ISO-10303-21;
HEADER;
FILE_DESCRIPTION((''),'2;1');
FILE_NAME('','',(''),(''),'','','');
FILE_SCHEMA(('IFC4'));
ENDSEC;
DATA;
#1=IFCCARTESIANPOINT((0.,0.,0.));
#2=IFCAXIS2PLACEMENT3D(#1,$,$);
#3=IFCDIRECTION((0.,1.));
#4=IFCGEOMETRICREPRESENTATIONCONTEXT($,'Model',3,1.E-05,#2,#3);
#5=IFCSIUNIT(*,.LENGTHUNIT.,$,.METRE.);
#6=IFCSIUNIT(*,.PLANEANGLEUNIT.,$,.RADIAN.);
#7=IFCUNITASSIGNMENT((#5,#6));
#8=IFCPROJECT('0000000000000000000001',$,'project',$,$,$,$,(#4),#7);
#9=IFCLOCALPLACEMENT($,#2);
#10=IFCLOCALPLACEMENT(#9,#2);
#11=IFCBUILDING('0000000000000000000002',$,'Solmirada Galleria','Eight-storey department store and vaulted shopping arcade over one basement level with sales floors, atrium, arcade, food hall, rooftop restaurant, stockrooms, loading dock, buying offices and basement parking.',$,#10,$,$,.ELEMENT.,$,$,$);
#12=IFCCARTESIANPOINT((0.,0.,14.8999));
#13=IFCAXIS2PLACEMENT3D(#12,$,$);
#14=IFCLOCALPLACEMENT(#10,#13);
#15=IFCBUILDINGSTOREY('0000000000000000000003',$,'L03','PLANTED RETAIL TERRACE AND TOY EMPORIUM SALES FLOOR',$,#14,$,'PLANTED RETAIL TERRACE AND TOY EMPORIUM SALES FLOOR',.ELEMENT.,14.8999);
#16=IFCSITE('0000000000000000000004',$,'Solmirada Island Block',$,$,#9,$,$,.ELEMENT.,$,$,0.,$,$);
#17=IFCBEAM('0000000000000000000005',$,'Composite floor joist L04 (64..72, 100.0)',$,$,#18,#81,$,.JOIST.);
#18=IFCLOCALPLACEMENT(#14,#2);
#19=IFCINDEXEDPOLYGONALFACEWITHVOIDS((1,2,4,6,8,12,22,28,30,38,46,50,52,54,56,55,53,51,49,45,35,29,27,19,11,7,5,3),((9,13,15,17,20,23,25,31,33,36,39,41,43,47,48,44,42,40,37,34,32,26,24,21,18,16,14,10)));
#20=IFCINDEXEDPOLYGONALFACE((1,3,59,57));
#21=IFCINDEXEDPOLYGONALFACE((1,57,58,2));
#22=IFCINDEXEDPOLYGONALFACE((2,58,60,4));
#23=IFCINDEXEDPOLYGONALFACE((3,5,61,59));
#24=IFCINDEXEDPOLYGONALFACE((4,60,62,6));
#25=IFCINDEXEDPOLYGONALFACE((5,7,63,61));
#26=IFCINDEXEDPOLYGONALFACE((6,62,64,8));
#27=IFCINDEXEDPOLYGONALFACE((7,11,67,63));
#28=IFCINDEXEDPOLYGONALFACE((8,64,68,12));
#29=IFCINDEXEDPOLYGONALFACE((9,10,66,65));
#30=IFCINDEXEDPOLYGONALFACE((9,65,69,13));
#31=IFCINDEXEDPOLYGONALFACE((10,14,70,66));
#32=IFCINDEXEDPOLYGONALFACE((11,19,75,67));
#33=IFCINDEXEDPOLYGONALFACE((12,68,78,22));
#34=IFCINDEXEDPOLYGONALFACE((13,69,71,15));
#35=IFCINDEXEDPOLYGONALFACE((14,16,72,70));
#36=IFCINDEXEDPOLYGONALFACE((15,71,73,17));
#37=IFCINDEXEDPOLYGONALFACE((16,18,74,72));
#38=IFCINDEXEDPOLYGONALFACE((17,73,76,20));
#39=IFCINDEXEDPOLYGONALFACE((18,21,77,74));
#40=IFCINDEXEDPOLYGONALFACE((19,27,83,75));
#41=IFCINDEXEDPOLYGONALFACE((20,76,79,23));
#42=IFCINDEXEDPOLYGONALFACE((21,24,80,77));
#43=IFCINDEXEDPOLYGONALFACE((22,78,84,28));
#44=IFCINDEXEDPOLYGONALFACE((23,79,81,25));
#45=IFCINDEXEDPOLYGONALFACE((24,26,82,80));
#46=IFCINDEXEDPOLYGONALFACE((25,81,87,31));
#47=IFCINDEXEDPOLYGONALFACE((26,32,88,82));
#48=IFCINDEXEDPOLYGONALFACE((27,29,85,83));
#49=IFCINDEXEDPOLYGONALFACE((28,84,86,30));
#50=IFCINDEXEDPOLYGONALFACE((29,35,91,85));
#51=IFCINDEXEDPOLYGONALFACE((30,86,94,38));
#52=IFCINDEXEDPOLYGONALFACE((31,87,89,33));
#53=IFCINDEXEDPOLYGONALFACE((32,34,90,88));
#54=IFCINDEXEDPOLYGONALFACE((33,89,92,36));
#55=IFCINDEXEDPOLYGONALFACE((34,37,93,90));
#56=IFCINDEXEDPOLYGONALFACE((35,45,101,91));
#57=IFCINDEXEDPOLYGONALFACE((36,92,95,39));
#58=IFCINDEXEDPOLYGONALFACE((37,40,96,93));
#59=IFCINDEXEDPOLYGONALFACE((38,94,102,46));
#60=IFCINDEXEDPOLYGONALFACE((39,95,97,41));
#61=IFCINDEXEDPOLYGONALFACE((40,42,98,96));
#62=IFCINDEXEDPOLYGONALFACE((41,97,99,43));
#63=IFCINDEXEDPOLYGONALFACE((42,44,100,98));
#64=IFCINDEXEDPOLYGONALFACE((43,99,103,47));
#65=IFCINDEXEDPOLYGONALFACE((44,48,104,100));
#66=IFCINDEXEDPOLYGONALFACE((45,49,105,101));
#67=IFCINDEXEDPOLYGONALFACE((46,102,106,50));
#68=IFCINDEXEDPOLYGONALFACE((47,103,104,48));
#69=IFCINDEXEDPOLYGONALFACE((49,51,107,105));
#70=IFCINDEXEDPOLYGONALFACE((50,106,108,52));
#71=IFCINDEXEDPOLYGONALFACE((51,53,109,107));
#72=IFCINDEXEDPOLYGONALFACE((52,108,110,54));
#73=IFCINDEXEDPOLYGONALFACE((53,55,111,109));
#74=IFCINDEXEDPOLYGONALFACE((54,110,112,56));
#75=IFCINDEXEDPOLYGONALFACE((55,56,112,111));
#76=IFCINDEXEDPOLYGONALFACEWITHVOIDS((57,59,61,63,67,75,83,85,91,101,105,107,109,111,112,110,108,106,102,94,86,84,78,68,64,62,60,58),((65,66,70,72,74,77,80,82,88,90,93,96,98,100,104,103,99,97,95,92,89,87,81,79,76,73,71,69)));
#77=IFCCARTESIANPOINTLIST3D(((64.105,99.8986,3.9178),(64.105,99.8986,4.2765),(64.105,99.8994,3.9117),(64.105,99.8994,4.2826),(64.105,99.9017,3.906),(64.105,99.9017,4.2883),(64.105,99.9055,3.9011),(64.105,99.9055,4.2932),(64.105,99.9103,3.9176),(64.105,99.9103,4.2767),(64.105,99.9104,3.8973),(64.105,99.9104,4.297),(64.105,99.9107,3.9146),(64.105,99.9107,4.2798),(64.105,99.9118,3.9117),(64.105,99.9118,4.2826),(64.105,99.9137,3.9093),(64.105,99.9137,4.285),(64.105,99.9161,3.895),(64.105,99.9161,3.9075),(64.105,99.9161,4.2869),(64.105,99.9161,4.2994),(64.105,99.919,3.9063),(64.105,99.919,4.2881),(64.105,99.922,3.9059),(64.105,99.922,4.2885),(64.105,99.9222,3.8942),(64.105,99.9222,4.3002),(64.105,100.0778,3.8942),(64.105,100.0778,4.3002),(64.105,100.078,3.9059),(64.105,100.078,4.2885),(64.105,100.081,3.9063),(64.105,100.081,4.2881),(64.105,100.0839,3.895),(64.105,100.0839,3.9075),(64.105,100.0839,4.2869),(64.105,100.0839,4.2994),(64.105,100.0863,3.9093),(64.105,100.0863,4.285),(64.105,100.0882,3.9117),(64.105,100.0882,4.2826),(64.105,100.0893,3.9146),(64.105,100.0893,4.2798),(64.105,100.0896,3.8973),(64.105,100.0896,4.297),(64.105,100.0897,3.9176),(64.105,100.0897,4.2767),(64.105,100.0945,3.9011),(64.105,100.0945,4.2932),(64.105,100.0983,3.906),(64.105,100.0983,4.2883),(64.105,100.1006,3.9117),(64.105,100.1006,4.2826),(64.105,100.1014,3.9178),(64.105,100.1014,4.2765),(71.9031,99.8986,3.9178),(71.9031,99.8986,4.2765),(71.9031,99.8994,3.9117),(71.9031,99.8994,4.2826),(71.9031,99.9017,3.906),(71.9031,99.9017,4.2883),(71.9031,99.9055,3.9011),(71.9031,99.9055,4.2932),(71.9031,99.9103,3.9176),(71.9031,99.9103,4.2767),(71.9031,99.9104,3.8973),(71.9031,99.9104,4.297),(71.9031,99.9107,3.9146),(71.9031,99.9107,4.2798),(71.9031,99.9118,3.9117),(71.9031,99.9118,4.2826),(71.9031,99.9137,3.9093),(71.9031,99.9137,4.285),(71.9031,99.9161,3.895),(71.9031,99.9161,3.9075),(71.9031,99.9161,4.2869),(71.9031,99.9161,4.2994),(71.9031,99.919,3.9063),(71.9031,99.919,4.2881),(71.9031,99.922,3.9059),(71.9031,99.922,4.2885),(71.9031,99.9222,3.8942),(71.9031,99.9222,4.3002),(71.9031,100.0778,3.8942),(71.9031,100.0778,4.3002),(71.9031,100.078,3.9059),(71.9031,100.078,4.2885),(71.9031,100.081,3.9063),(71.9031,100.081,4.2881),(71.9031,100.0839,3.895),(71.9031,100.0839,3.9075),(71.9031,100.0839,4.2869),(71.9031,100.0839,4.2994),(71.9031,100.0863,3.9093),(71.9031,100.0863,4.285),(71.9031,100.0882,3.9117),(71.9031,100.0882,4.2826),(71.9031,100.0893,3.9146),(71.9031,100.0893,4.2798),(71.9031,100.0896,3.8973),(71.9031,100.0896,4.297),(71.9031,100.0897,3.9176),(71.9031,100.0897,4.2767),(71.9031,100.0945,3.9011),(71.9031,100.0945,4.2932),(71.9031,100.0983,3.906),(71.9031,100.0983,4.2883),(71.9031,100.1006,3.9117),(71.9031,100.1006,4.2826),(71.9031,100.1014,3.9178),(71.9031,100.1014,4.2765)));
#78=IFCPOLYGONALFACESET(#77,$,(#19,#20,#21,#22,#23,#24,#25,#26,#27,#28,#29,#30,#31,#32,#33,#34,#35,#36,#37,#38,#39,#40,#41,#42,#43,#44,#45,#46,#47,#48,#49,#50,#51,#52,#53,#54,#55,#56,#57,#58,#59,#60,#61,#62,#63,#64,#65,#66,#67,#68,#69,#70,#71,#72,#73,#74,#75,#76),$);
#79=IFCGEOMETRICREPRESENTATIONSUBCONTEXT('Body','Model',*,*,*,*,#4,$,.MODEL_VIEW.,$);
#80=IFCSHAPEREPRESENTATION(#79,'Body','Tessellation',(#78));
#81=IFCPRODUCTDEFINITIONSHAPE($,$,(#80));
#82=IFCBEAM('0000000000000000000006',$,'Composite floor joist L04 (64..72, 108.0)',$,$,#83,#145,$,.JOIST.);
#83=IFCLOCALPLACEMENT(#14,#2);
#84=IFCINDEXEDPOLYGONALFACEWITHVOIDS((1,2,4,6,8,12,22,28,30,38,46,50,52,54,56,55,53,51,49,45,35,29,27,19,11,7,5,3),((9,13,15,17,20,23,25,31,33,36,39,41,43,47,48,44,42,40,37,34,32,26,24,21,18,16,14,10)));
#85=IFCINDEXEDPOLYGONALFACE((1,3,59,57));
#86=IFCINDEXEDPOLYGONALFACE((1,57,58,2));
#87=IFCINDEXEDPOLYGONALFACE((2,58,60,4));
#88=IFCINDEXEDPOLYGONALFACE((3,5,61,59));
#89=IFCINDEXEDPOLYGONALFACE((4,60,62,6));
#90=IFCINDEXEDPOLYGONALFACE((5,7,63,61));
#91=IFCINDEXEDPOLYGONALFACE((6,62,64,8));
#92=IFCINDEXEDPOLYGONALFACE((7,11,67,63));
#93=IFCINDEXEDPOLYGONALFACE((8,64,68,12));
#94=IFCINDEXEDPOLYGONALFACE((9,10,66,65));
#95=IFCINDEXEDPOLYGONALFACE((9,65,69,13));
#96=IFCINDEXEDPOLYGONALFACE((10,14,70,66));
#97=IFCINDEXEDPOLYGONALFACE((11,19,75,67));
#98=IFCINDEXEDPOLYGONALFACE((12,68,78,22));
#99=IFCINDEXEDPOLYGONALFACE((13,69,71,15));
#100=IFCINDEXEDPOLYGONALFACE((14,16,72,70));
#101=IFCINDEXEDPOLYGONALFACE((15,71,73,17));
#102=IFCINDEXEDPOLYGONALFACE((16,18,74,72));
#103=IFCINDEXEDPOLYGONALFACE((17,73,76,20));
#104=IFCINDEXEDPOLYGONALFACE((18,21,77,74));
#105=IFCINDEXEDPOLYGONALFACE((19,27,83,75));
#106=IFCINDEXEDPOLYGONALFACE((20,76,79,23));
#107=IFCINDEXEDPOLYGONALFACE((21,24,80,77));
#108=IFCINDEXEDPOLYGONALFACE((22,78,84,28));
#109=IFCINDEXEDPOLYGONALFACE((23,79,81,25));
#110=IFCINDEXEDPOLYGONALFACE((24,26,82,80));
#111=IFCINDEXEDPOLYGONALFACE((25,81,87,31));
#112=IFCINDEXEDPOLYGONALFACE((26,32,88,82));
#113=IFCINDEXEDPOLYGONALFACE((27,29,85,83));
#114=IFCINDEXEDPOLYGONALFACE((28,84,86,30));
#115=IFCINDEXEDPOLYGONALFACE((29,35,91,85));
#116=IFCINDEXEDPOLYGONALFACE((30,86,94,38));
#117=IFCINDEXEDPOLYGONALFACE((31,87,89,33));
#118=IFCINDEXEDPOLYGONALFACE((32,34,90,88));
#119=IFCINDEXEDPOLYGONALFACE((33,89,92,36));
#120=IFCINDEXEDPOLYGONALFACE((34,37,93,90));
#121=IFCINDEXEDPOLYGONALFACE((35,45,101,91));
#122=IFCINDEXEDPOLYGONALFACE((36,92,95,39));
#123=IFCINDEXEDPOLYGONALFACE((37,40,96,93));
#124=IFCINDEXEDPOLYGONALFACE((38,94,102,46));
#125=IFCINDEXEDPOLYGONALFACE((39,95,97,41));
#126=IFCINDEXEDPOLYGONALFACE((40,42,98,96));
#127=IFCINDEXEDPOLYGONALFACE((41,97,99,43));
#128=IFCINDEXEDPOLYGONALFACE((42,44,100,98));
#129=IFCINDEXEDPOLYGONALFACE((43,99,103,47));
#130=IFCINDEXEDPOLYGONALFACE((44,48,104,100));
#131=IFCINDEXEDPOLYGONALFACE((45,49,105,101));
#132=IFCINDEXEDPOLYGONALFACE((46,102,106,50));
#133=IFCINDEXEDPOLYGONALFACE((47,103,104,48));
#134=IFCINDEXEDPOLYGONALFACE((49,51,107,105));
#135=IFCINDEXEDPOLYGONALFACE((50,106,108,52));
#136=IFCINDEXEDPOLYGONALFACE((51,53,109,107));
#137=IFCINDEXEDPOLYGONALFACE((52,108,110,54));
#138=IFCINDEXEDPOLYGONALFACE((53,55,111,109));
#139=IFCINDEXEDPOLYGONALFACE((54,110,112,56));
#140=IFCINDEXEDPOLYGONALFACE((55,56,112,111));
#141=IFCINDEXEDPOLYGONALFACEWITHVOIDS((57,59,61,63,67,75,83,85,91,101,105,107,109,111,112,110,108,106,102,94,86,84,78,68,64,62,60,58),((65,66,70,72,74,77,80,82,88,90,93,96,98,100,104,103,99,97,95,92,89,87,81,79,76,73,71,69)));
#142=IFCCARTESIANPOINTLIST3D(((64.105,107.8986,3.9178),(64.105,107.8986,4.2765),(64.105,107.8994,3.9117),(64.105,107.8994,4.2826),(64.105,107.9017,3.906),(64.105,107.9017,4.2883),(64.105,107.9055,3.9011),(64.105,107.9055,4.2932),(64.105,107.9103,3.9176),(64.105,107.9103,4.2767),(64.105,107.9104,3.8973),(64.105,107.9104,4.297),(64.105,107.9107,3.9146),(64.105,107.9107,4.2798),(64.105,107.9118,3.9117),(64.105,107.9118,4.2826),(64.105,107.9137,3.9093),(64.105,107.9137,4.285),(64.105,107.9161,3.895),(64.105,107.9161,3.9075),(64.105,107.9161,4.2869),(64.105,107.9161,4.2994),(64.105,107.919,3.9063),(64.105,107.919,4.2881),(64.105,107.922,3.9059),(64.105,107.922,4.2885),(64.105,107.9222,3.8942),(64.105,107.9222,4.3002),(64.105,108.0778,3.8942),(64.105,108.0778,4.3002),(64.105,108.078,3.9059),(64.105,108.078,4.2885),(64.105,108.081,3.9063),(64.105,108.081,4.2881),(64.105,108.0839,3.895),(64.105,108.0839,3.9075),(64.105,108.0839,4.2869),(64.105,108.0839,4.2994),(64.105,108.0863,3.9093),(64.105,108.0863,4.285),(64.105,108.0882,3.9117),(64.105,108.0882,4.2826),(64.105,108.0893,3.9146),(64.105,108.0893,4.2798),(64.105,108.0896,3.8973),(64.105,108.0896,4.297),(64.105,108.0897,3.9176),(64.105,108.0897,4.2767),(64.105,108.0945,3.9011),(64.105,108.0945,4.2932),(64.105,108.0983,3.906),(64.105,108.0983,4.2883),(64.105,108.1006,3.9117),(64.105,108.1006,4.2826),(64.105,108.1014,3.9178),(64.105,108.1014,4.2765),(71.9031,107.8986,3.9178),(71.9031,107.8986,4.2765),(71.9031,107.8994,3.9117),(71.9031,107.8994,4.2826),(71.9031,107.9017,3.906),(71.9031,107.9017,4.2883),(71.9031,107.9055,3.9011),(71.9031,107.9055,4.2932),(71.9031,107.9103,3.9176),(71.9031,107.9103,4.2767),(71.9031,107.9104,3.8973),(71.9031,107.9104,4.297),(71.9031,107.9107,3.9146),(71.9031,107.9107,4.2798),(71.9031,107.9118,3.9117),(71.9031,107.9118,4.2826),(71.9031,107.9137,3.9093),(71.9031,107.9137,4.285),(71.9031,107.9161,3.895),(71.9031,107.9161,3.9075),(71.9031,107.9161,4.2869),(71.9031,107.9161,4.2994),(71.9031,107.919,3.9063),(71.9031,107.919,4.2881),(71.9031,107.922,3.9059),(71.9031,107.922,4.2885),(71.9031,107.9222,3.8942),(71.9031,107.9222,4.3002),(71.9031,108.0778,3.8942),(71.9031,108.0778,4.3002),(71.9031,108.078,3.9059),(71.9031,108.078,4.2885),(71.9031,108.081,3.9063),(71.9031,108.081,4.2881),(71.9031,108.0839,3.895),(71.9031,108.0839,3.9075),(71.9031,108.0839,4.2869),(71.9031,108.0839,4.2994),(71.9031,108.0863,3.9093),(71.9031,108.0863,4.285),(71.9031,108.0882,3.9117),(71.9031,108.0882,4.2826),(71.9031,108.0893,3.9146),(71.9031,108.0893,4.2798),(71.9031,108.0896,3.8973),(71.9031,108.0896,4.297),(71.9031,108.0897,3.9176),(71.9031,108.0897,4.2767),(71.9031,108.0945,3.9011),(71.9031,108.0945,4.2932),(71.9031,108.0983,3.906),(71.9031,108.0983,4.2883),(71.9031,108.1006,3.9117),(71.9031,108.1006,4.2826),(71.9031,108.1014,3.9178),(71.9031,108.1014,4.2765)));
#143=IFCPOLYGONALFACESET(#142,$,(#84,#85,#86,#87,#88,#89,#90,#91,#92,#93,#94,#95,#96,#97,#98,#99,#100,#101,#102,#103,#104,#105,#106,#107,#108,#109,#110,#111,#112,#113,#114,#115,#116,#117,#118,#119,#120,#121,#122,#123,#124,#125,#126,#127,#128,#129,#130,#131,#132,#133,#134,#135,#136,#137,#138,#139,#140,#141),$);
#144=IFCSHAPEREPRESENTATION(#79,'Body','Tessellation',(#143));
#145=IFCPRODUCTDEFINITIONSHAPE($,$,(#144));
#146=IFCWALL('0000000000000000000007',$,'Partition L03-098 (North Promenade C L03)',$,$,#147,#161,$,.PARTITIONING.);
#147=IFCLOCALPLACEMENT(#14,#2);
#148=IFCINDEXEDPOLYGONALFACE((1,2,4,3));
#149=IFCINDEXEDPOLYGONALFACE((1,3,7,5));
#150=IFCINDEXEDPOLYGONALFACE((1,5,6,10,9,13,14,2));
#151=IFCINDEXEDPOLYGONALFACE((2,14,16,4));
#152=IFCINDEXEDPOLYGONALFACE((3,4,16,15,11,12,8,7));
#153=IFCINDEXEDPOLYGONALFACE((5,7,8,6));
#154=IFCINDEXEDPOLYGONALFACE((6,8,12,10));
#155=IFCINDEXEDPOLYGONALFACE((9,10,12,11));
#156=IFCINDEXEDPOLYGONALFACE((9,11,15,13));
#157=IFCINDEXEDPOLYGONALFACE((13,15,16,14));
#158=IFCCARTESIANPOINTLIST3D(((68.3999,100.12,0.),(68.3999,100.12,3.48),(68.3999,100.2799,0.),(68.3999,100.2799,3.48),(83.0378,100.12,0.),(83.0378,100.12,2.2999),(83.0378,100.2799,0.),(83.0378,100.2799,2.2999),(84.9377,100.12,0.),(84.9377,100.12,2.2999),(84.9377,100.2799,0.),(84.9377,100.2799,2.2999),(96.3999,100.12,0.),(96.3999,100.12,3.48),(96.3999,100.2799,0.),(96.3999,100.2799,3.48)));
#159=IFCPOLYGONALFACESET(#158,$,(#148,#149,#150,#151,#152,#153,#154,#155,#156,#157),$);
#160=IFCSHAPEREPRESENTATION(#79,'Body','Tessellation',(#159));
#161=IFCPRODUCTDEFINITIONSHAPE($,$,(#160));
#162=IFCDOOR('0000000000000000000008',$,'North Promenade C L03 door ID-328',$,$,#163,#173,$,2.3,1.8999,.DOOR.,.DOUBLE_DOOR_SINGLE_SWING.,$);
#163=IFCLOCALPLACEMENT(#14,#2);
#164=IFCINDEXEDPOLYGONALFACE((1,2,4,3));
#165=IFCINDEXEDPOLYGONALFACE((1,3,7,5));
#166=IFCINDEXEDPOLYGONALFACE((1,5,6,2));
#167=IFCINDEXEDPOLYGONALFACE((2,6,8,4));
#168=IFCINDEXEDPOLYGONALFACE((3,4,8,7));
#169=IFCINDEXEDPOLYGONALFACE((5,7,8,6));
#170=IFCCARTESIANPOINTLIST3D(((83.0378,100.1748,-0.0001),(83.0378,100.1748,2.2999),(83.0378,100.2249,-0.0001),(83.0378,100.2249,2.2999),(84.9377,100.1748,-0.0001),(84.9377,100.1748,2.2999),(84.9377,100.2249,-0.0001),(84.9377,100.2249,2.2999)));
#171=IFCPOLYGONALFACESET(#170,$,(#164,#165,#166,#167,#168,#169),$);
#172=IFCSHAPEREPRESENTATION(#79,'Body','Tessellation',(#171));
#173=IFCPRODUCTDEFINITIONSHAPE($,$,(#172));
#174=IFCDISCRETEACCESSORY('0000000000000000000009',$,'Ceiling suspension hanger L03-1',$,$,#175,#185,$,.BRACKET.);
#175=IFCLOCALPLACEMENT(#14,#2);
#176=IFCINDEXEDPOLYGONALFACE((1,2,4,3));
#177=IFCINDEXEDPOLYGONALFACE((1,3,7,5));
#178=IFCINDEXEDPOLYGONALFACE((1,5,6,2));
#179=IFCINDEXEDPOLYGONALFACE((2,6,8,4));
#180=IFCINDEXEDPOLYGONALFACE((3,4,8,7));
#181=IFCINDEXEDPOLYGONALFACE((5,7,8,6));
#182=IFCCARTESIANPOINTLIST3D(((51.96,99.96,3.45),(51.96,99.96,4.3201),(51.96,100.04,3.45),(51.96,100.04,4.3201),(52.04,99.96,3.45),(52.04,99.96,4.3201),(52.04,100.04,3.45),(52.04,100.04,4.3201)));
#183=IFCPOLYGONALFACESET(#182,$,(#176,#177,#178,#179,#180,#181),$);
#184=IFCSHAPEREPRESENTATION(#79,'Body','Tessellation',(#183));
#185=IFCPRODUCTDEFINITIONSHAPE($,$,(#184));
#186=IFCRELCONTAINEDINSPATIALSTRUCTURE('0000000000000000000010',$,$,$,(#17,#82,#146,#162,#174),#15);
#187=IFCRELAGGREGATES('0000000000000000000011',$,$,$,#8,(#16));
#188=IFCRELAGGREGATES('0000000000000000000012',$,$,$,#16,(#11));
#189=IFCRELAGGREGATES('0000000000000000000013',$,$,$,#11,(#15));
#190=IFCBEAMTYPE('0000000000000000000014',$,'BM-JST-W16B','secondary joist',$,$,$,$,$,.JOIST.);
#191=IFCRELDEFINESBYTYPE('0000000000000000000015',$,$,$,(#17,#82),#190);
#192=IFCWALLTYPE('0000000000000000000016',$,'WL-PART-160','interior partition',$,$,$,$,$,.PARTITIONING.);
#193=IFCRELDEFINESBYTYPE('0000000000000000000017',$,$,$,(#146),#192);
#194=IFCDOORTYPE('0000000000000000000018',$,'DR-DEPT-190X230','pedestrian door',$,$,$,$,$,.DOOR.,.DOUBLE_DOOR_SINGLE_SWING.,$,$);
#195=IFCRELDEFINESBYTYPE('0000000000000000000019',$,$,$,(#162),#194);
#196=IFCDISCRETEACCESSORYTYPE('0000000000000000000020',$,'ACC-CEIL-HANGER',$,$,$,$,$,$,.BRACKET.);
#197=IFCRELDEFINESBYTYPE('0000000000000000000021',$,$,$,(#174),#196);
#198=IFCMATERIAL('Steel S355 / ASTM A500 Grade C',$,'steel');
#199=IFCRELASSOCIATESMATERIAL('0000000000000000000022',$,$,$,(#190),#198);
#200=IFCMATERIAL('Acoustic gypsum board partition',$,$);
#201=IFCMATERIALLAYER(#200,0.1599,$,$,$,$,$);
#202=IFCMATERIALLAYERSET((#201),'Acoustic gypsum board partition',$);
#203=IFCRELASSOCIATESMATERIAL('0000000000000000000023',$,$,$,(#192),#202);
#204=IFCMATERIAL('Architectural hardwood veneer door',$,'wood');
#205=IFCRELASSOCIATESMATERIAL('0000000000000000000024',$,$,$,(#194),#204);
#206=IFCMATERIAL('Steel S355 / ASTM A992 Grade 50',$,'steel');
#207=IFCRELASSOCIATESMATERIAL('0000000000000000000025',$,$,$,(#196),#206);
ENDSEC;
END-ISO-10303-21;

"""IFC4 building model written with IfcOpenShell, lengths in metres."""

from ifc_helpers import new_model, si_unit, direction, frame, frame_2d, origin, origin_2d, place, context, subcontext, project, spatial, rectangle, hollow_rectangle, extrude, material, layer, layer_set, material_profile, profile_set, type_object, element, fill, save


model = new_model("IFC4")

# Units and contexts
model_context = context("Model", 3, precision=1e-05, world=origin(), true_north=direction((0.0, 1.0)))
body_context = subcontext(model_context, "Body", "Model", "MODEL_VIEW")
ifc_project = project(units=[si_unit("LENGTHUNIT", "METRE"), si_unit("PLANEANGLEUNIT", "RADIAN")], contexts=[model_context])

# Site, building, storey
site_placement = place(None, origin())
site = spatial("IfcSite", under=ifc_project, at=site_placement, Name="Solmirada Island Block", CompositionType="ELEMENT", RefElevation=0.0)
building_placement = place(site_placement, origin())
building = spatial("IfcBuilding", under=site, at=building_placement, Name="Solmirada Galleria", Description="Eight-storey department store and vaulted shopping arcade over one basement level with sales floors, atrium, arcade, food hall, rooftop restaurant, stockrooms, loading dock, buying offices and basement parking.", CompositionType="ELEMENT")
storey_placement = place(building_placement, frame((0.0, 0.0, 14.8999)))
storey = spatial("IfcBuildingStorey", under=building, at=storey_placement, Name="L03", Description="PLANTED RETAIL TERRACE AND TOY EMPORIUM SALES FLOOR", LongName="PLANTED RETAIL TERRACE AND TOY EMPORIUM SALES FLOOR", CompositionType="ELEMENT", Elevation=14.8999)

# Beams
ifc_material_1 = material(Name="Steel S355 / ASTM A992 Grade 50", Category="steel")
ifc_material_2 = material(Name="Steel S355 / ASTM A500 Grade C", Category="steel")
ifc_material_profile_1 = material_profile(ifc_material_2, hollow_rectangle(XDim=0.2029, YDim=0.406, WallThickness=0.0117, InnerFilletRadius=0.0117, OuterFilletRadius=0.0237, at=origin_2d()), Name="HSS16X8X1/2")
ifc_profile_set_1 = profile_set([ifc_material_profile_1], Name="Steel S355 / ASTM A500 Grade C")
beam_type_1 = type_object("IfcBeamType", Name="BM-JST-W16B", Description="secondary joist", PredefinedType="JOIST", material=ifc_profile_set_1)
for number, where, z_axis, x_axis, name in (
    (1, (64.105, 100.0, 4.0972), (1.0, 0.0, 0.0), (0.0, 1.0, 0.0), "Composite floor joist L04 (64..72, 100.0)"),
    (2, (64.105, 108.0, 4.0972), (1.0, 0.0, 0.0), (0.0, 1.0, 0.0), "Composite floor joist L04 (64..72, 108.0)"),
):
    element("IfcBeam", number, at=place(storey_placement, frame(where, z_axis=z_axis, x_axis=x_axis)), inside=storey, type_object=beam_type_1, Name=name, PredefinedType="JOIST", context=body_context, shape_type="SweptSolid", body=[
        extrude(hollow_rectangle(XDim=0.2029, YDim=0.406, WallThickness=0.0117, InnerFilletRadius=0.0117, OuterFilletRadius=0.0237, at=origin_2d()), origin(), (0.0, 0.0, 1.0), 7.7981),
    ])

# Wall, opening, door
ifc_material_3 = material(Name="Acoustic gypsum board partition")
ifc_layer_1 = layer(ifc_material_3, 0.1599)
ifc_layer_set_1 = layer_set([ifc_layer_1], Name="Acoustic gypsum board partition")
wall_type = type_object("IfcWallType", Name="WL-PART-160", Description="interior partition", PredefinedType="PARTITIONING", material=ifc_layer_set_1)
wall_placement = place(storey_placement, frame((68.3999, 100.2, 0.0), z_axis=(0.0, 0.0, 1.0), x_axis=(1.0, 0.0, 0.0)))
wall = element("IfcWall", 3, at=wall_placement, inside=storey, type_object=wall_type, Name="Partition L03-098 (North Promenade C L03)", PredefinedType="PARTITIONING", context=body_context, shape_type="SweptSolid", body=[
    extrude(rectangle(XDim=28.0, YDim=0.1599, at=frame_2d((14.0, 0.0))), origin(), (0.0, 0.0, 1.0), 3.48),
])
opening_placement = place(wall_placement, frame((14.6379, 0.0, 0.0)))
opening = element("IfcOpeningElement", 4, at=opening_placement, cuts=wall, PredefinedType="OPENING", context=body_context, shape_type="SweptSolid", body=[
    extrude(rectangle(XDim=1.8999, YDim=2.3, at=frame_2d((0.95, 1.1499))), frame((0.0, 0.0898, 0.0), z_axis=(0.0, -1.0, 0.0), x_axis=(1.0, 0.0, 0.0)), (0.0, 0.0, 1.0), 0.1799),
])
ifc_material_4 = material(Name="Architectural hardwood veneer door", Category="wood")
door_type = type_object("IfcDoorType", Name="DR-DEPT-190X230", Description="pedestrian door", OperationType="DOUBLE_DOOR_SINGLE_SWING", PredefinedType="DOOR", material=ifc_material_4)
door_placement = place(opening_placement, origin())
door = element("IfcDoor", 5, at=door_placement, inside=storey, type_object=door_type, Name="North Promenade C L03 door ID-328", OperationType="DOUBLE_DOOR_SINGLE_SWING", OverallHeight=2.3, OverallWidth=1.8999, PredefinedType="DOOR", context=body_context, shape_type="SweptSolid", body=[
    extrude(rectangle(XDim=1.8999, YDim=2.3, at=frame_2d((0.95, 1.1499))), frame((0.0, 0.0249, 0.0), z_axis=(0.0, -1.0, 0.0), x_axis=(1.0, 0.0, 0.0)), (0.0, 0.0, 1.0), 0.05),
])
fill(opening, door)

# Discrete accessory
discrete_accessory_type_1 = type_object("IfcDiscreteAccessoryType", Name="ACC-CEIL-HANGER", PredefinedType="BRACKET", material=ifc_material_1)
discrete_accessory_placement = place(storey_placement, frame((52.0, 100.0, 3.45), z_axis=(0.0, 0.0, 1.0), x_axis=(1.0, 0.0, 0.0)))
element("IfcDiscreteAccessory", 6, at=discrete_accessory_placement, inside=storey, type_object=discrete_accessory_type_1, Name="Ceiling suspension hanger L03-1", PredefinedType="BRACKET", context=body_context, shape_type="SweptSolid", body=[
    extrude(rectangle(XDim=0.0801, YDim=0.0801, at=origin_2d()), origin(), (0.0, 0.0, 1.0), 0.8701),
])

save(model, "model.ifc")
